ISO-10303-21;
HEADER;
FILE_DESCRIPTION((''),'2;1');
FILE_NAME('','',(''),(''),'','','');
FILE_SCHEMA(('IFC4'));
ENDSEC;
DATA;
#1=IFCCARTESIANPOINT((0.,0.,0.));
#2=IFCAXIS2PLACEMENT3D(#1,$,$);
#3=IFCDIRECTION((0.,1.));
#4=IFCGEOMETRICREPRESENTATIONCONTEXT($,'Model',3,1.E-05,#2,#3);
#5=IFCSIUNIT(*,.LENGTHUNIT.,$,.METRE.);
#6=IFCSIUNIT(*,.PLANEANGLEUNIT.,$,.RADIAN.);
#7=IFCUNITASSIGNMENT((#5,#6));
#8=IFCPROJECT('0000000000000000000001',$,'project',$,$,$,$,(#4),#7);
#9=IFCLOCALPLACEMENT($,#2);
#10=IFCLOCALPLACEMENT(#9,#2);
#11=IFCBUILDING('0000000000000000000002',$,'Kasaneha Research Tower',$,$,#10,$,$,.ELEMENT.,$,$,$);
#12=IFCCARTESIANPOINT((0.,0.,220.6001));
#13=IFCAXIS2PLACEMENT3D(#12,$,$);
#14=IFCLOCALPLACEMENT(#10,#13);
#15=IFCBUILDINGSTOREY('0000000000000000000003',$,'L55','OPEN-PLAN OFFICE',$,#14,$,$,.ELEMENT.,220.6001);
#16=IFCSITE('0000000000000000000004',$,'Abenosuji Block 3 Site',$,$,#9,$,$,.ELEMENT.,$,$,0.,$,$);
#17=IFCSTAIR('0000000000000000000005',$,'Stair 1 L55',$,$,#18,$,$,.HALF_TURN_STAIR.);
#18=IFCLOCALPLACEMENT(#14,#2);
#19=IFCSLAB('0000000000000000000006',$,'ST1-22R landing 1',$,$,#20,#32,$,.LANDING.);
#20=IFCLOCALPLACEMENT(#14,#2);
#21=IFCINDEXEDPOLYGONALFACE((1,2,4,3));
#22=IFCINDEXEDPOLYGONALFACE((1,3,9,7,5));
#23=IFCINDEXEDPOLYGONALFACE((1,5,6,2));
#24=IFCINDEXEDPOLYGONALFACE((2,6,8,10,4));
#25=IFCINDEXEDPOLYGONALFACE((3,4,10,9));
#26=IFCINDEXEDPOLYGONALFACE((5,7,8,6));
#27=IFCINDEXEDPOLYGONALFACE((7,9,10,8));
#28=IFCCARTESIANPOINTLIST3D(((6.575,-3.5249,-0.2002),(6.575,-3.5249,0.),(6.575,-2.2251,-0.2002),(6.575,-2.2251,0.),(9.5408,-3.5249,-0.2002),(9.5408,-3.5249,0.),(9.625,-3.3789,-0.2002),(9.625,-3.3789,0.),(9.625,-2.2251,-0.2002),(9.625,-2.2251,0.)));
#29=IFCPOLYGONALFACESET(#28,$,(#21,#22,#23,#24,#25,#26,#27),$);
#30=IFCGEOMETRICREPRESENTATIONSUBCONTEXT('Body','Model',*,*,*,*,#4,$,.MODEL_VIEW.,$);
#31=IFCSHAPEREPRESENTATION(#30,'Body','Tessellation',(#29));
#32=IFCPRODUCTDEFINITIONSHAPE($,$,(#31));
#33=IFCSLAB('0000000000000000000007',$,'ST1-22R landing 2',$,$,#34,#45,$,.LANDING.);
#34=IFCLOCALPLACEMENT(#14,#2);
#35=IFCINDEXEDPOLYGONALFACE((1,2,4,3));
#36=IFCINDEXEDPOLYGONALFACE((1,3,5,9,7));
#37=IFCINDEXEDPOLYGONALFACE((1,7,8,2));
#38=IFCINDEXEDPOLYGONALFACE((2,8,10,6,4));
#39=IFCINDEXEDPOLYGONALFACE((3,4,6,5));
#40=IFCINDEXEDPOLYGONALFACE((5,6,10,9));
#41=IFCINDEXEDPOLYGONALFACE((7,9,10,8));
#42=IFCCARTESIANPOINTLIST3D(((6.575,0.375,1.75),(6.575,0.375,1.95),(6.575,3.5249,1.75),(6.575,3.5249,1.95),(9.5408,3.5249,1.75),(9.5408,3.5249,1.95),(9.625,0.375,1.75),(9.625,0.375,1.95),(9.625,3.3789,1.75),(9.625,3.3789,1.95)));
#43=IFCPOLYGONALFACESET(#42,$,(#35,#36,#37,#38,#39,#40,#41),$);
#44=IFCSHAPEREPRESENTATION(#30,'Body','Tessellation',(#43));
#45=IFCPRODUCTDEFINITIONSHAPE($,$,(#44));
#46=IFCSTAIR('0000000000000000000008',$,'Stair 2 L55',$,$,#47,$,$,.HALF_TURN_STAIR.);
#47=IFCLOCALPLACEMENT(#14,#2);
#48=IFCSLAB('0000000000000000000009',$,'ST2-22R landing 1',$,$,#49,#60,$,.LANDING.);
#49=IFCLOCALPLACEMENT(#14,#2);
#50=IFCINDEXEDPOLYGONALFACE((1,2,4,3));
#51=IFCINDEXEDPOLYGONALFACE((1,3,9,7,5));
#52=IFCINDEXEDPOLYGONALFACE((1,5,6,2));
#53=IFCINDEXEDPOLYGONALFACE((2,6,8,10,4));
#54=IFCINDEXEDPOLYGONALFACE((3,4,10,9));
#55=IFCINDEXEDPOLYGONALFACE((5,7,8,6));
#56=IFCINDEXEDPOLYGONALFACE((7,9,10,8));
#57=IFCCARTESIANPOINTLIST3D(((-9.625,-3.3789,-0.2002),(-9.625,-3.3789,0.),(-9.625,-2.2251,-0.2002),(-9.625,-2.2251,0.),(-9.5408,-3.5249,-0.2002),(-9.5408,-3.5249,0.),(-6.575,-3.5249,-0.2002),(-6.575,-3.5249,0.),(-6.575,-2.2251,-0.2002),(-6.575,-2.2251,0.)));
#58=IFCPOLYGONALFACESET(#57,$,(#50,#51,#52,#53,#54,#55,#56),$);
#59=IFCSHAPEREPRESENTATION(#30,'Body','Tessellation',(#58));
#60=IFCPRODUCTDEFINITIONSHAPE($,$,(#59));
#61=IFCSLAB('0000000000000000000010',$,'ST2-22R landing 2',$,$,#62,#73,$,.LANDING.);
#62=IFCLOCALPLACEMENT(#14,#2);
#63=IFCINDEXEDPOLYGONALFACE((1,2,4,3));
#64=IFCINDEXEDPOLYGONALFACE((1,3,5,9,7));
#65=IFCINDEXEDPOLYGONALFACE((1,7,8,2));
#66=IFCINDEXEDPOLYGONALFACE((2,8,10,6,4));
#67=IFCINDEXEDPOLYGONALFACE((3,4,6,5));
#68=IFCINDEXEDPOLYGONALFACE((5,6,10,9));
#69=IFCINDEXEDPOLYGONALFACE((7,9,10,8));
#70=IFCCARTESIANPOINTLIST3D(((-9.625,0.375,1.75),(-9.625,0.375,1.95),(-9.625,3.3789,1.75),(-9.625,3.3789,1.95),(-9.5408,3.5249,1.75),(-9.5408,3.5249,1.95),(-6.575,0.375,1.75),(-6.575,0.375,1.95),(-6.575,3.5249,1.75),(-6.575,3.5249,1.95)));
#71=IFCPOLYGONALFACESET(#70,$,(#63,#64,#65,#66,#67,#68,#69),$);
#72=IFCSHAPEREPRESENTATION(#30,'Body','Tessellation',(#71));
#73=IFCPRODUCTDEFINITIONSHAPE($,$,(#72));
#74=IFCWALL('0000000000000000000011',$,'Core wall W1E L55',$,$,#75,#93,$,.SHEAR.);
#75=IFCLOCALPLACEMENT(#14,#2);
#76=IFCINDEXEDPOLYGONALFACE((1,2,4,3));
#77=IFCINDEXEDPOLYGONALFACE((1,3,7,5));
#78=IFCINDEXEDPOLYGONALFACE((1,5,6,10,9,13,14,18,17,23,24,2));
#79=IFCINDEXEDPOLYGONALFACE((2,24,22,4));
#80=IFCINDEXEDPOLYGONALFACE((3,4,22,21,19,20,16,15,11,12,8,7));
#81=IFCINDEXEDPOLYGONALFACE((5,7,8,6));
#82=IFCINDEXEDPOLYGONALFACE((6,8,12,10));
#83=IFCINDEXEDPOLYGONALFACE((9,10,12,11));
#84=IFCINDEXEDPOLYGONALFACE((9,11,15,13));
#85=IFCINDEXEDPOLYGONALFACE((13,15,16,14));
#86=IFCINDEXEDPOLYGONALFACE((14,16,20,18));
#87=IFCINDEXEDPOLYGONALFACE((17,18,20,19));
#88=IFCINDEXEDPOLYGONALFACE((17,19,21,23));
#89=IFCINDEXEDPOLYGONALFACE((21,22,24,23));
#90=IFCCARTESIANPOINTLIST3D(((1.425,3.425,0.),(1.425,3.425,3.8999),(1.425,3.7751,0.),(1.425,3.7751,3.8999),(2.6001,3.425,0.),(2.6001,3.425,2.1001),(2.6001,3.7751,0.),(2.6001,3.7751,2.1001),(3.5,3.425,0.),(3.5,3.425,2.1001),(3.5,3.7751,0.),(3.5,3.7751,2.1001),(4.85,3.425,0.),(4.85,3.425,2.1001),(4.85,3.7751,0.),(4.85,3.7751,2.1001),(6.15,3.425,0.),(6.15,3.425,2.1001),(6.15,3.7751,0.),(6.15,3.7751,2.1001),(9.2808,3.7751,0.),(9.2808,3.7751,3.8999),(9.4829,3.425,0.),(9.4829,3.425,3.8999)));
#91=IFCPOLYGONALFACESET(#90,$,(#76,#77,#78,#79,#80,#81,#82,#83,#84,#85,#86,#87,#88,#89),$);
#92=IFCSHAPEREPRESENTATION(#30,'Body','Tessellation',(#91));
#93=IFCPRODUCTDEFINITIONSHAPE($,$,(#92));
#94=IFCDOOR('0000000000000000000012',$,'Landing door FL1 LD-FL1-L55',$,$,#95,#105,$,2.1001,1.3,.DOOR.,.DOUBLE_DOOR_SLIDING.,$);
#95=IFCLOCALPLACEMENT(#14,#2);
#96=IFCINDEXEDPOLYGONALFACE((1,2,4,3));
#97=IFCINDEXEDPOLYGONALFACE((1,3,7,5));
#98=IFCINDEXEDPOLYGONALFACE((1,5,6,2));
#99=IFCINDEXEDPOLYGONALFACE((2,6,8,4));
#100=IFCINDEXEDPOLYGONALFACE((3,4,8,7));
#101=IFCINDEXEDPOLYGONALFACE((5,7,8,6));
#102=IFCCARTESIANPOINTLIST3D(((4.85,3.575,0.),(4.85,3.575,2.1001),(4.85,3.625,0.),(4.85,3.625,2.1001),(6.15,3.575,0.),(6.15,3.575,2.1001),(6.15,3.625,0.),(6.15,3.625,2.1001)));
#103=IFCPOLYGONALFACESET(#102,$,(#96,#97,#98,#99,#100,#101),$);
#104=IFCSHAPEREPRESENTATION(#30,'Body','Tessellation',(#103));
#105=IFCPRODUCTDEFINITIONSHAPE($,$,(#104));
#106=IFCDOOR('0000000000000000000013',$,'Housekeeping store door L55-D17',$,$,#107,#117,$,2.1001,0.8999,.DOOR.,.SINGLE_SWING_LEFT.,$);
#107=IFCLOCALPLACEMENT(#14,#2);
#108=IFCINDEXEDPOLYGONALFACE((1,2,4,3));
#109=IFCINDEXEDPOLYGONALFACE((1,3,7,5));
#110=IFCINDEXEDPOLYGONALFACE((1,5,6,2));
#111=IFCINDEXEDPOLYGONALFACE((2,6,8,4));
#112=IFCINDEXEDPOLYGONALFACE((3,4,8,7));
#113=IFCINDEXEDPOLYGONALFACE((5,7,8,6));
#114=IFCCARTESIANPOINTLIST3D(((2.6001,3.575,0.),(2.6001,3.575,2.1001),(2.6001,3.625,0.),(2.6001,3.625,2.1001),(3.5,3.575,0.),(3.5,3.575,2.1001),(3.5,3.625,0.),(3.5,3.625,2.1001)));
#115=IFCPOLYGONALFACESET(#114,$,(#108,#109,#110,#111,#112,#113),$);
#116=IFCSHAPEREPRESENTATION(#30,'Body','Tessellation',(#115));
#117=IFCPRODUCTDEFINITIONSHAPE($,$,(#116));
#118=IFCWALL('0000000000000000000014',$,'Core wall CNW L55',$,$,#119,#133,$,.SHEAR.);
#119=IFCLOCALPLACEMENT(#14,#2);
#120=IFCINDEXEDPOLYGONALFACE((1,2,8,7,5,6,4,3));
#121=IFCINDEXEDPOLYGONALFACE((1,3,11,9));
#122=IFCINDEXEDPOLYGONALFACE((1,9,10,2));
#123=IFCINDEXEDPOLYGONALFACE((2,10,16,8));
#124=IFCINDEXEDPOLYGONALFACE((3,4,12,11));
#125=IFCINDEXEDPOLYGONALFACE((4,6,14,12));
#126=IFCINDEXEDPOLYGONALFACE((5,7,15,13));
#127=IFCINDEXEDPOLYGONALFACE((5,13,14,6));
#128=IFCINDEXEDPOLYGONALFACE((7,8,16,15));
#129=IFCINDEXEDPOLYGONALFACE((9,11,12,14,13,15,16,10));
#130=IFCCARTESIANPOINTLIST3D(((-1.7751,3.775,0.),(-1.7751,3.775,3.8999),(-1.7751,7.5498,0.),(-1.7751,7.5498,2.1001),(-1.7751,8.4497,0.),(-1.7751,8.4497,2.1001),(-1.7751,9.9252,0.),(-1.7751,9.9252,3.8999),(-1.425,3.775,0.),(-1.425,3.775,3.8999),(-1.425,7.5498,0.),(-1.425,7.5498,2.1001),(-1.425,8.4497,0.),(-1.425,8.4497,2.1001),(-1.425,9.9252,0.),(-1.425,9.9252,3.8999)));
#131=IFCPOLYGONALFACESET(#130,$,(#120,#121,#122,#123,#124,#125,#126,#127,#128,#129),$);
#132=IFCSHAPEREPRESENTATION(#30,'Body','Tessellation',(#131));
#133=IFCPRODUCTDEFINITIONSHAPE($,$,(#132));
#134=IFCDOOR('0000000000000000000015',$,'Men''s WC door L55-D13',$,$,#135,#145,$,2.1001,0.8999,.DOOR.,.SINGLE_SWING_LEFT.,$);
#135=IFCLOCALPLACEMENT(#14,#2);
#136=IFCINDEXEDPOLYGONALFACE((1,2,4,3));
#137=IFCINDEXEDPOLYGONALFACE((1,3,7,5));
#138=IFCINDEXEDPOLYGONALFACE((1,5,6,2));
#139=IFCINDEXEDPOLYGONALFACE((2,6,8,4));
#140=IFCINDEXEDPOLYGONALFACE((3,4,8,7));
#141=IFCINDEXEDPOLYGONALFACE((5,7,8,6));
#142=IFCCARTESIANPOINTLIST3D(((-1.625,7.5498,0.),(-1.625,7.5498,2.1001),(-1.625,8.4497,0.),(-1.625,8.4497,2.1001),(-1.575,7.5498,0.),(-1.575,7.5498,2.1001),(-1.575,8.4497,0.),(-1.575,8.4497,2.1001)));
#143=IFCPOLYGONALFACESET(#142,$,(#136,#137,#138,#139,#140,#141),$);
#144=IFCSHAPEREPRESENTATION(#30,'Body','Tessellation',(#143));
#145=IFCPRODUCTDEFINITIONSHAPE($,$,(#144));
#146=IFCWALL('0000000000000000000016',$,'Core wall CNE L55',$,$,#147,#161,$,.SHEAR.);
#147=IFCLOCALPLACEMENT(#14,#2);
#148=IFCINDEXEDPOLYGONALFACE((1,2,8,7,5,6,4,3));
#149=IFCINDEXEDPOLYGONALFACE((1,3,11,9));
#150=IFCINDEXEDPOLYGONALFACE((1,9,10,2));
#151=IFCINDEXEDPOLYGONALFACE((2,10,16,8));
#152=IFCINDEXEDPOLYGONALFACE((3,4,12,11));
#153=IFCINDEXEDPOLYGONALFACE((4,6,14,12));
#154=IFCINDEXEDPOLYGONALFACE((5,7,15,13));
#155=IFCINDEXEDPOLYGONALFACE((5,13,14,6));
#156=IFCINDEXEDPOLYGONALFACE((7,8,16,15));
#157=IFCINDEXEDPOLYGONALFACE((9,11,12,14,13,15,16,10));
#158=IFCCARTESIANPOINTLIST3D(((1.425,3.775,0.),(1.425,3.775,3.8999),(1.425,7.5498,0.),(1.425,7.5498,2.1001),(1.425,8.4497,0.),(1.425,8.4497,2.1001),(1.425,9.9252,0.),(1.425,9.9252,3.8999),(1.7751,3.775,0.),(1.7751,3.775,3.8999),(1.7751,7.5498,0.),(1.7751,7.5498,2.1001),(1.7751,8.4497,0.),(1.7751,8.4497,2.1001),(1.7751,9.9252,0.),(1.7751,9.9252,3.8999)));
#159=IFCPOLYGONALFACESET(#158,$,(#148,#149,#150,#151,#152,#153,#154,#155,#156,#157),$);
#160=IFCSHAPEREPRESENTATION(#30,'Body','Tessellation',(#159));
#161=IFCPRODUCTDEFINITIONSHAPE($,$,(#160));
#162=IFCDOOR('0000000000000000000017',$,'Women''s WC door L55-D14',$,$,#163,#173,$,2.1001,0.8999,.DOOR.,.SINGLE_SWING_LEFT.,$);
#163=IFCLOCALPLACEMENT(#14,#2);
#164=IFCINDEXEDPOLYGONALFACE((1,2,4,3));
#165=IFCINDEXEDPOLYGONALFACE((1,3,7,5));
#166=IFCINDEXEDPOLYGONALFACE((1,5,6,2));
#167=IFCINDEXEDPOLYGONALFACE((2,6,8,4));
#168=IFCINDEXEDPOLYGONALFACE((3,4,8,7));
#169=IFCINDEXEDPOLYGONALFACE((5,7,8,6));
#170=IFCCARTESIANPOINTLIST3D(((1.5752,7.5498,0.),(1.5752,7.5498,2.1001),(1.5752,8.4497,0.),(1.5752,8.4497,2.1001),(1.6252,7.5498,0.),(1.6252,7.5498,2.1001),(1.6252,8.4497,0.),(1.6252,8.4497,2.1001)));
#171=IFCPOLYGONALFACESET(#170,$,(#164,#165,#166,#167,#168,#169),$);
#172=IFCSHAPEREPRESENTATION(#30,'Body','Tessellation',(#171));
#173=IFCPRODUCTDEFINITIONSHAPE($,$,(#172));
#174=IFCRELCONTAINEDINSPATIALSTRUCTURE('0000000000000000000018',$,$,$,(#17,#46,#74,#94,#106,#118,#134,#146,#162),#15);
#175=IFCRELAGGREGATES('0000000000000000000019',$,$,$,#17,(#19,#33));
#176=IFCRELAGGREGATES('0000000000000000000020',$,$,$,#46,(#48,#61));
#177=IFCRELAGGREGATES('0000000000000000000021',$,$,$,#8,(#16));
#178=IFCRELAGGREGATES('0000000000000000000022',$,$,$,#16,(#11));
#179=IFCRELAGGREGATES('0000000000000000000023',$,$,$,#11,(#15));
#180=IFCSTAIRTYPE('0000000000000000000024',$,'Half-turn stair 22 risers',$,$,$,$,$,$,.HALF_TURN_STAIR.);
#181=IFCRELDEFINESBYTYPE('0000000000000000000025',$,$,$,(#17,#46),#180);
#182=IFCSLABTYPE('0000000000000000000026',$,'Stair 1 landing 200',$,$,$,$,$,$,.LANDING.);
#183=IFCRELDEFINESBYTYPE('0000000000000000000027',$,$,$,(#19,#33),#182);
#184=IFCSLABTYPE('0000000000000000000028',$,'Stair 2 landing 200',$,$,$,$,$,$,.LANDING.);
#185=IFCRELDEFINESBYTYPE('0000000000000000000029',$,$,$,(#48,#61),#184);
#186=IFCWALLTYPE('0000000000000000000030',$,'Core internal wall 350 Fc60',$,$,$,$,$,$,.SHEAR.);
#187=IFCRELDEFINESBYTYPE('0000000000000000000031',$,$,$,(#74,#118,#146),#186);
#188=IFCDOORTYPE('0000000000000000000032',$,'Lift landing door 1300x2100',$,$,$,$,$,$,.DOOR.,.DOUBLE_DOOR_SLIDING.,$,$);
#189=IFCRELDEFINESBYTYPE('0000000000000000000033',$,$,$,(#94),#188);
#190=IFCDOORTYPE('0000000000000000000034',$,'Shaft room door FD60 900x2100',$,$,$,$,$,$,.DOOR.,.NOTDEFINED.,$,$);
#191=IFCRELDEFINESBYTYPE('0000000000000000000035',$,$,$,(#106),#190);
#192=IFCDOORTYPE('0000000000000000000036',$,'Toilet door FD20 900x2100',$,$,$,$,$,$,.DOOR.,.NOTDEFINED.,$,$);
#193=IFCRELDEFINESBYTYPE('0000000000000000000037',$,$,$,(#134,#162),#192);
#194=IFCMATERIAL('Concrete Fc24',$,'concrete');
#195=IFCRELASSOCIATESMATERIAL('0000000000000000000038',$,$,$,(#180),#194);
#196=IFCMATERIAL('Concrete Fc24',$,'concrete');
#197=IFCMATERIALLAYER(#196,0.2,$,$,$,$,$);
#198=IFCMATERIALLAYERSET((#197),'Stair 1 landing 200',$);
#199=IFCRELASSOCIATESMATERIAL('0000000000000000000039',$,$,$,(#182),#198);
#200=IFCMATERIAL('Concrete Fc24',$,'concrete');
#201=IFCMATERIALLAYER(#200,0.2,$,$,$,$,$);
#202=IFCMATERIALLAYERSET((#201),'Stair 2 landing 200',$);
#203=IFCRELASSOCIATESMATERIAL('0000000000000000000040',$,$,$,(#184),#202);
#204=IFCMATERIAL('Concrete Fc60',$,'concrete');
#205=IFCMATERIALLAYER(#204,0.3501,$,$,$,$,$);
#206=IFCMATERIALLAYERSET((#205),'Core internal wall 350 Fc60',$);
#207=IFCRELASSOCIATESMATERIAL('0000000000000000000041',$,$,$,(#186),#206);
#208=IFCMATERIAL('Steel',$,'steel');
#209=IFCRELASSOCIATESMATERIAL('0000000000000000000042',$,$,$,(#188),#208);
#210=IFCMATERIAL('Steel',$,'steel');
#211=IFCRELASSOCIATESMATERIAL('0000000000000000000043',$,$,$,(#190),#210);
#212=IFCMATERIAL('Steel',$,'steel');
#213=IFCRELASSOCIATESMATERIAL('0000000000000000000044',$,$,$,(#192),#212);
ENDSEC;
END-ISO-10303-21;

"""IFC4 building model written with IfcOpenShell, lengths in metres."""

from ifc_helpers import new_model, si_unit, direction, frame, frame_2d, origin, place, context, subcontext, project, spatial, polyline, rectangle, outline, extrude, material, layer, layer_set, type_object, element, fill, aggregate, save


model = new_model("IFC4")

# Units and contexts
model_context = context("Model", 3, precision=1e-05, world=origin(), true_north=direction((0.0, 1.0)))
body_context = subcontext(model_context, "Body", "Model", "MODEL_VIEW")
ifc_project = project(units=[si_unit("LENGTHUNIT", "METRE"), si_unit("PLANEANGLEUNIT", "RADIAN")], contexts=[model_context])

# Site, building, storey
site_placement = place(None, origin())
site = spatial("IfcSite", under=ifc_project, at=site_placement, Name="Abenosuji Block 3 Site", CompositionType="ELEMENT", RefElevation=0.0)
building_placement = place(site_placement, origin())
building = spatial("IfcBuilding", under=site, at=building_placement, Name="Kasaneha Research Tower", CompositionType="ELEMENT")
storey_placement = place(building_placement, frame((0.0, 0.0, 220.6001)))
storey = spatial("IfcBuildingStorey", under=building, at=storey_placement, Name="L55", Description="OPEN-PLAN OFFICE", CompositionType="ELEMENT", Elevation=220.6001)

# Stairs, slabs
ifc_material_1 = material(Name="Concrete Fc24", Category="concrete")
stair_type = type_object("IfcStairType", Name="Half-turn stair 22 risers", PredefinedType="HALF_TURN_STAIR", material=ifc_material_1)
stair_1_placement = place(storey_placement, origin())
stair_1 = element("IfcStair", 1, at=stair_1_placement, inside=storey, type_object=stair_type, Name="Stair 1 L55", PredefinedType="HALF_TURN_STAIR")
ifc_material_2 = material(Name="Concrete Fc24", Category="concrete")
ifc_layer_1 = layer(ifc_material_2, 0.2)
ifc_layer_set_1 = layer_set([ifc_layer_1], Name="Stair 1 landing 200")
slab_type_1 = type_object("IfcSlabType", Name="Stair 1 landing 200", PredefinedType="LANDING", material=ifc_layer_set_1)
slab_1_placement = place(storey_placement, frame((0.0, 0.0, -0.2002)))
slab_1 = element("IfcSlab", 2, at=slab_1_placement, type_object=slab_type_1, Name="ST1-22R landing 1", PredefinedType="LANDING", context=body_context, shape_type="SweptSolid", body=[
    extrude(outline(polyline([(9.5408, -3.5249), (6.575, -3.5249), (6.575, -2.2251), (9.625, -2.2251), (9.625, -3.3789), (9.5408, -3.5249)])), origin(), (0.0, 0.0, 1.0), 0.2002),
])
slab_2_placement = place(storey_placement, frame((0.0, 0.0, 1.75)))
slab_2 = element("IfcSlab", 3, at=slab_2_placement, type_object=slab_type_1, Name="ST1-22R landing 2", PredefinedType="LANDING", context=body_context, shape_type="SweptSolid", body=[
    extrude(outline(polyline([(6.575, 3.5249), (9.5408, 3.5249), (9.625, 3.3789), (9.625, 0.375), (6.575, 0.375), (6.575, 3.5249)])), origin(), (0.0, 0.0, 1.0), 0.2),
])
aggregate(stair_1, [slab_1, slab_2])
stair_2_placement = place(storey_placement, origin())
stair_2 = element("IfcStair", 4, at=stair_2_placement, inside=storey, type_object=stair_type, Name="Stair 2 L55", PredefinedType="HALF_TURN_STAIR")
ifc_material_3 = material(Name="Concrete Fc24", Category="concrete")
ifc_layer_2 = layer(ifc_material_3, 0.2)
ifc_layer_set_2 = layer_set([ifc_layer_2], Name="Stair 2 landing 200")
slab_type_2 = type_object("IfcSlabType", Name="Stair 2 landing 200", PredefinedType="LANDING", material=ifc_layer_set_2)
slab_3_placement = place(storey_placement, frame((0.0, 0.0, -0.2002)))
slab_3 = element("IfcSlab", 5, at=slab_3_placement, type_object=slab_type_2, Name="ST2-22R landing 1", PredefinedType="LANDING", context=body_context, shape_type="SweptSolid", body=[
    extrude(outline(polyline([(-6.575, -3.5249), (-9.5408, -3.5249), (-9.625, -3.3789), (-9.625, -2.2251), (-6.575, -2.2251), (-6.575, -3.5249)])), origin(), (0.0, 0.0, 1.0), 0.2002),
])
slab_4_placement = place(storey_placement, frame((0.0, 0.0, 1.75)))
slab_4 = element("IfcSlab", 6, at=slab_4_placement, type_object=slab_type_2, Name="ST2-22R landing 2", PredefinedType="LANDING", context=body_context, shape_type="SweptSolid", body=[
    extrude(outline(polyline([(-6.575, 0.375), (-9.625, 0.375), (-9.625, 3.3789), (-9.5408, 3.5249), (-6.575, 3.5249), (-6.575, 0.375)])), origin(), (0.0, 0.0, 1.0), 0.2),
])
aggregate(stair_2, [slab_3, slab_4])

# Wall, openings, doors
ifc_material_4 = material(Name="Concrete Fc60", Category="concrete")
ifc_layer_3 = layer(ifc_material_4, 0.3501)
ifc_layer_set_3 = layer_set([ifc_layer_3], Name="Core internal wall 350 Fc60")
wall_type = type_object("IfcWallType", Name="Core internal wall 350 Fc60", PredefinedType="SHEAR", material=ifc_layer_set_3)
wall_1_placement = place(storey_placement, frame((1.425, 3.6001, 0.0), z_axis=(0.0, 0.0, 1.0), x_axis=(1.0, 0.0, 0.0)))
wall_1 = element("IfcWall", 7, at=wall_1_placement, inside=storey, type_object=wall_type, Name="Core wall W1E L55", PredefinedType="SHEAR", context=body_context, shape_type="SweptSolid", body=[
    extrude(outline(polyline([(0.0, -0.175), (1.175, -0.175), (2.075, -0.175), (3.425, -0.175), (4.7251, -0.175), (8.0579, -0.175), (7.8557, 0.175), (4.7251, 0.175), (3.425, 0.175), (2.075, 0.175), (1.175, 0.175), (0.0, 0.175), (0.0, -0.175)])), origin(), (0.0, 0.0, 1.0), 3.8999),
])
opening_1_placement = place(wall_1_placement, frame((1.175, 0.0, 0.0)))
opening_1 = element("IfcOpeningElement", 8, at=opening_1_placement, cuts=wall_1, PredefinedType="OPENING", context=body_context, shape_type="SweptSolid", body=[
    extrude(rectangle(XDim=0.8999, YDim=2.1001, at=frame_2d((0.45, 1.05))), frame((0.0, 0.1851, 0.0), z_axis=(0.0, -1.0, 0.0), x_axis=(1.0, 0.0, 0.0)), (0.0, 0.0, 1.0), 0.3701),
])
opening_2_placement = place(wall_1_placement, frame((3.425, 0.0, 0.0)))
opening_2 = element("IfcOpeningElement", 9, at=opening_2_placement, cuts=wall_1, PredefinedType="OPENING", context=body_context, shape_type="SweptSolid", body=[
    extrude(rectangle(XDim=1.3, YDim=2.1001, at=frame_2d((0.6499, 1.05))), frame((0.0, 0.1851, 0.0), z_axis=(0.0, -1.0, 0.0), x_axis=(1.0, 0.0, 0.0)), (0.0, 0.0, 1.0), 0.3701),
])
ifc_material_5 = material(Name="Steel", Category="steel")
door_type_1 = type_object("IfcDoorType", Name="Lift landing door 1300x2100", OperationType="DOUBLE_DOOR_SLIDING", PredefinedType="DOOR", material=ifc_material_5)
door_1_placement = place(opening_2_placement, origin())
door_1 = element("IfcDoor", 10, at=door_1_placement, inside=storey, type_object=door_type_1, Name="Landing door FL1 LD-FL1-L55", OperationType="DOUBLE_DOOR_SLIDING", OverallHeight=2.1001, OverallWidth=1.3, PredefinedType="DOOR", context=body_context, shape_type="SweptSolid", body=[
    extrude(rectangle(XDim=1.3, YDim=2.1001, at=frame_2d((0.6499, 1.05))), frame((0.0, 0.0249, 0.0), z_axis=(0.0, -1.0, 0.0), x_axis=(1.0, 0.0, 0.0)), (0.0, 0.0, 1.0), 0.05),
])
fill(opening_2, door_1)
ifc_material_6 = material(Name="Steel", Category="steel")
door_type_2 = type_object("IfcDoorType", Name="Shaft room door FD60 900x2100", OperationType="NOTDEFINED", PredefinedType="DOOR", material=ifc_material_6)
door_2_placement = place(opening_1_placement, origin())
door_2 = element("IfcDoor", 11, at=door_2_placement, inside=storey, type_object=door_type_2, Name="Housekeeping store door L55-D17", OperationType="SINGLE_SWING_LEFT", OverallHeight=2.1001, OverallWidth=0.8999, PredefinedType="DOOR", context=body_context, shape_type="SweptSolid", body=[
    extrude(rectangle(XDim=0.8999, YDim=2.1001, at=frame_2d((0.45, 1.05))), frame((0.0, 0.0249, 0.0), z_axis=(0.0, -1.0, 0.0), x_axis=(1.0, 0.0, 0.0)), (0.0, 0.0, 1.0), 0.05),
])
fill(opening_1, door_2)

# Walls, openings, doors
wall_2_placement = place(storey_placement, frame((-1.6001, 3.7749, 0.0), z_axis=(0.0, 0.0, 1.0), x_axis=(0.0, 1.0, 0.0)))
wall_2 = element("IfcWall", 12, at=wall_2_placement, inside=storey, type_object=wall_type, Name="Core wall CNW L55", PredefinedType="SHEAR", context=body_context, shape_type="SweptSolid", body=[
    extrude(rectangle(XDim=6.1501, YDim=0.3501, at=frame_2d((3.0752, 0.0))), origin(), (0.0, 0.0, 1.0), 3.8999),
])
opening_3_placement = place(wall_2_placement, frame((3.7749, 0.0, 0.0)))
opening_3 = element("IfcOpeningElement", 13, at=opening_3_placement, cuts=wall_2, PredefinedType="OPENING", context=body_context, shape_type="SweptSolid", body=[
    extrude(rectangle(XDim=0.8999, YDim=2.1001, at=frame_2d((0.45, 1.05))), frame((0.0, 0.1851, 0.0), z_axis=(0.0, -1.0, 0.0), x_axis=(1.0, 0.0, 0.0)), (0.0, 0.0, 1.0), 0.3701),
])
ifc_material_7 = material(Name="Steel", Category="steel")
door_type_3 = type_object("IfcDoorType", Name="Toilet door FD20 900x2100", OperationType="NOTDEFINED", PredefinedType="DOOR", material=ifc_material_7)
door_3_placement = place(opening_3_placement, origin())
door_3 = element("IfcDoor", 14, at=door_3_placement, inside=storey, type_object=door_type_3, Name="Men's WC door L55-D13", OperationType="SINGLE_SWING_LEFT", OverallHeight=2.1001, OverallWidth=0.8999, PredefinedType="DOOR", context=body_context, shape_type="SweptSolid", body=[
    extrude(rectangle(XDim=0.8999, YDim=2.1001, at=frame_2d((0.45, 1.05))), frame((0.0, 0.0249, 0.0), z_axis=(0.0, -1.0, 0.0), x_axis=(1.0, 0.0, 0.0)), (0.0, 0.0, 1.0), 0.05),
])
fill(opening_3, door_3)
wall_3_placement = place(storey_placement, frame((1.6001, 3.7749, 0.0), z_axis=(0.0, 0.0, 1.0), x_axis=(0.0, 1.0, 0.0)))
wall_3 = element("IfcWall", 15, at=wall_3_placement, inside=storey, type_object=wall_type, Name="Core wall CNE L55", PredefinedType="SHEAR", context=body_context, shape_type="SweptSolid", body=[
    extrude(rectangle(XDim=6.1501, YDim=0.3501, at=frame_2d((3.0752, 0.0))), origin(), (0.0, 0.0, 1.0), 3.8999),
])
opening_4_placement = place(wall_3_placement, frame((3.7749, 0.0, 0.0)))
opening_4 = element("IfcOpeningElement", 16, at=opening_4_placement, cuts=wall_3, PredefinedType="OPENING", context=body_context, shape_type="SweptSolid", body=[
    extrude(rectangle(XDim=0.8999, YDim=2.1001, at=frame_2d((0.45, 1.05))), frame((0.0, 0.1851, 0.0), z_axis=(0.0, -1.0, 0.0), x_axis=(1.0, 0.0, 0.0)), (0.0, 0.0, 1.0), 0.3701),
])
door_4_placement = place(opening_4_placement, origin())
door_4 = element("IfcDoor", 17, at=door_4_placement, inside=storey, type_object=door_type_3, Name="Women's WC door L55-D14", OperationType="SINGLE_SWING_LEFT", OverallHeight=2.1001, OverallWidth=0.8999, PredefinedType="DOOR", context=body_context, shape_type="SweptSolid", body=[
    extrude(rectangle(XDim=0.8999, YDim=2.1001, at=frame_2d((0.45, 1.05))), frame((0.0, 0.0249, 0.0), z_axis=(0.0, -1.0, 0.0), x_axis=(1.0, 0.0, 0.0)), (0.0, 0.0, 1.0), 0.05),
])
fill(opening_4, door_4)

save(model, "model.ifc")
